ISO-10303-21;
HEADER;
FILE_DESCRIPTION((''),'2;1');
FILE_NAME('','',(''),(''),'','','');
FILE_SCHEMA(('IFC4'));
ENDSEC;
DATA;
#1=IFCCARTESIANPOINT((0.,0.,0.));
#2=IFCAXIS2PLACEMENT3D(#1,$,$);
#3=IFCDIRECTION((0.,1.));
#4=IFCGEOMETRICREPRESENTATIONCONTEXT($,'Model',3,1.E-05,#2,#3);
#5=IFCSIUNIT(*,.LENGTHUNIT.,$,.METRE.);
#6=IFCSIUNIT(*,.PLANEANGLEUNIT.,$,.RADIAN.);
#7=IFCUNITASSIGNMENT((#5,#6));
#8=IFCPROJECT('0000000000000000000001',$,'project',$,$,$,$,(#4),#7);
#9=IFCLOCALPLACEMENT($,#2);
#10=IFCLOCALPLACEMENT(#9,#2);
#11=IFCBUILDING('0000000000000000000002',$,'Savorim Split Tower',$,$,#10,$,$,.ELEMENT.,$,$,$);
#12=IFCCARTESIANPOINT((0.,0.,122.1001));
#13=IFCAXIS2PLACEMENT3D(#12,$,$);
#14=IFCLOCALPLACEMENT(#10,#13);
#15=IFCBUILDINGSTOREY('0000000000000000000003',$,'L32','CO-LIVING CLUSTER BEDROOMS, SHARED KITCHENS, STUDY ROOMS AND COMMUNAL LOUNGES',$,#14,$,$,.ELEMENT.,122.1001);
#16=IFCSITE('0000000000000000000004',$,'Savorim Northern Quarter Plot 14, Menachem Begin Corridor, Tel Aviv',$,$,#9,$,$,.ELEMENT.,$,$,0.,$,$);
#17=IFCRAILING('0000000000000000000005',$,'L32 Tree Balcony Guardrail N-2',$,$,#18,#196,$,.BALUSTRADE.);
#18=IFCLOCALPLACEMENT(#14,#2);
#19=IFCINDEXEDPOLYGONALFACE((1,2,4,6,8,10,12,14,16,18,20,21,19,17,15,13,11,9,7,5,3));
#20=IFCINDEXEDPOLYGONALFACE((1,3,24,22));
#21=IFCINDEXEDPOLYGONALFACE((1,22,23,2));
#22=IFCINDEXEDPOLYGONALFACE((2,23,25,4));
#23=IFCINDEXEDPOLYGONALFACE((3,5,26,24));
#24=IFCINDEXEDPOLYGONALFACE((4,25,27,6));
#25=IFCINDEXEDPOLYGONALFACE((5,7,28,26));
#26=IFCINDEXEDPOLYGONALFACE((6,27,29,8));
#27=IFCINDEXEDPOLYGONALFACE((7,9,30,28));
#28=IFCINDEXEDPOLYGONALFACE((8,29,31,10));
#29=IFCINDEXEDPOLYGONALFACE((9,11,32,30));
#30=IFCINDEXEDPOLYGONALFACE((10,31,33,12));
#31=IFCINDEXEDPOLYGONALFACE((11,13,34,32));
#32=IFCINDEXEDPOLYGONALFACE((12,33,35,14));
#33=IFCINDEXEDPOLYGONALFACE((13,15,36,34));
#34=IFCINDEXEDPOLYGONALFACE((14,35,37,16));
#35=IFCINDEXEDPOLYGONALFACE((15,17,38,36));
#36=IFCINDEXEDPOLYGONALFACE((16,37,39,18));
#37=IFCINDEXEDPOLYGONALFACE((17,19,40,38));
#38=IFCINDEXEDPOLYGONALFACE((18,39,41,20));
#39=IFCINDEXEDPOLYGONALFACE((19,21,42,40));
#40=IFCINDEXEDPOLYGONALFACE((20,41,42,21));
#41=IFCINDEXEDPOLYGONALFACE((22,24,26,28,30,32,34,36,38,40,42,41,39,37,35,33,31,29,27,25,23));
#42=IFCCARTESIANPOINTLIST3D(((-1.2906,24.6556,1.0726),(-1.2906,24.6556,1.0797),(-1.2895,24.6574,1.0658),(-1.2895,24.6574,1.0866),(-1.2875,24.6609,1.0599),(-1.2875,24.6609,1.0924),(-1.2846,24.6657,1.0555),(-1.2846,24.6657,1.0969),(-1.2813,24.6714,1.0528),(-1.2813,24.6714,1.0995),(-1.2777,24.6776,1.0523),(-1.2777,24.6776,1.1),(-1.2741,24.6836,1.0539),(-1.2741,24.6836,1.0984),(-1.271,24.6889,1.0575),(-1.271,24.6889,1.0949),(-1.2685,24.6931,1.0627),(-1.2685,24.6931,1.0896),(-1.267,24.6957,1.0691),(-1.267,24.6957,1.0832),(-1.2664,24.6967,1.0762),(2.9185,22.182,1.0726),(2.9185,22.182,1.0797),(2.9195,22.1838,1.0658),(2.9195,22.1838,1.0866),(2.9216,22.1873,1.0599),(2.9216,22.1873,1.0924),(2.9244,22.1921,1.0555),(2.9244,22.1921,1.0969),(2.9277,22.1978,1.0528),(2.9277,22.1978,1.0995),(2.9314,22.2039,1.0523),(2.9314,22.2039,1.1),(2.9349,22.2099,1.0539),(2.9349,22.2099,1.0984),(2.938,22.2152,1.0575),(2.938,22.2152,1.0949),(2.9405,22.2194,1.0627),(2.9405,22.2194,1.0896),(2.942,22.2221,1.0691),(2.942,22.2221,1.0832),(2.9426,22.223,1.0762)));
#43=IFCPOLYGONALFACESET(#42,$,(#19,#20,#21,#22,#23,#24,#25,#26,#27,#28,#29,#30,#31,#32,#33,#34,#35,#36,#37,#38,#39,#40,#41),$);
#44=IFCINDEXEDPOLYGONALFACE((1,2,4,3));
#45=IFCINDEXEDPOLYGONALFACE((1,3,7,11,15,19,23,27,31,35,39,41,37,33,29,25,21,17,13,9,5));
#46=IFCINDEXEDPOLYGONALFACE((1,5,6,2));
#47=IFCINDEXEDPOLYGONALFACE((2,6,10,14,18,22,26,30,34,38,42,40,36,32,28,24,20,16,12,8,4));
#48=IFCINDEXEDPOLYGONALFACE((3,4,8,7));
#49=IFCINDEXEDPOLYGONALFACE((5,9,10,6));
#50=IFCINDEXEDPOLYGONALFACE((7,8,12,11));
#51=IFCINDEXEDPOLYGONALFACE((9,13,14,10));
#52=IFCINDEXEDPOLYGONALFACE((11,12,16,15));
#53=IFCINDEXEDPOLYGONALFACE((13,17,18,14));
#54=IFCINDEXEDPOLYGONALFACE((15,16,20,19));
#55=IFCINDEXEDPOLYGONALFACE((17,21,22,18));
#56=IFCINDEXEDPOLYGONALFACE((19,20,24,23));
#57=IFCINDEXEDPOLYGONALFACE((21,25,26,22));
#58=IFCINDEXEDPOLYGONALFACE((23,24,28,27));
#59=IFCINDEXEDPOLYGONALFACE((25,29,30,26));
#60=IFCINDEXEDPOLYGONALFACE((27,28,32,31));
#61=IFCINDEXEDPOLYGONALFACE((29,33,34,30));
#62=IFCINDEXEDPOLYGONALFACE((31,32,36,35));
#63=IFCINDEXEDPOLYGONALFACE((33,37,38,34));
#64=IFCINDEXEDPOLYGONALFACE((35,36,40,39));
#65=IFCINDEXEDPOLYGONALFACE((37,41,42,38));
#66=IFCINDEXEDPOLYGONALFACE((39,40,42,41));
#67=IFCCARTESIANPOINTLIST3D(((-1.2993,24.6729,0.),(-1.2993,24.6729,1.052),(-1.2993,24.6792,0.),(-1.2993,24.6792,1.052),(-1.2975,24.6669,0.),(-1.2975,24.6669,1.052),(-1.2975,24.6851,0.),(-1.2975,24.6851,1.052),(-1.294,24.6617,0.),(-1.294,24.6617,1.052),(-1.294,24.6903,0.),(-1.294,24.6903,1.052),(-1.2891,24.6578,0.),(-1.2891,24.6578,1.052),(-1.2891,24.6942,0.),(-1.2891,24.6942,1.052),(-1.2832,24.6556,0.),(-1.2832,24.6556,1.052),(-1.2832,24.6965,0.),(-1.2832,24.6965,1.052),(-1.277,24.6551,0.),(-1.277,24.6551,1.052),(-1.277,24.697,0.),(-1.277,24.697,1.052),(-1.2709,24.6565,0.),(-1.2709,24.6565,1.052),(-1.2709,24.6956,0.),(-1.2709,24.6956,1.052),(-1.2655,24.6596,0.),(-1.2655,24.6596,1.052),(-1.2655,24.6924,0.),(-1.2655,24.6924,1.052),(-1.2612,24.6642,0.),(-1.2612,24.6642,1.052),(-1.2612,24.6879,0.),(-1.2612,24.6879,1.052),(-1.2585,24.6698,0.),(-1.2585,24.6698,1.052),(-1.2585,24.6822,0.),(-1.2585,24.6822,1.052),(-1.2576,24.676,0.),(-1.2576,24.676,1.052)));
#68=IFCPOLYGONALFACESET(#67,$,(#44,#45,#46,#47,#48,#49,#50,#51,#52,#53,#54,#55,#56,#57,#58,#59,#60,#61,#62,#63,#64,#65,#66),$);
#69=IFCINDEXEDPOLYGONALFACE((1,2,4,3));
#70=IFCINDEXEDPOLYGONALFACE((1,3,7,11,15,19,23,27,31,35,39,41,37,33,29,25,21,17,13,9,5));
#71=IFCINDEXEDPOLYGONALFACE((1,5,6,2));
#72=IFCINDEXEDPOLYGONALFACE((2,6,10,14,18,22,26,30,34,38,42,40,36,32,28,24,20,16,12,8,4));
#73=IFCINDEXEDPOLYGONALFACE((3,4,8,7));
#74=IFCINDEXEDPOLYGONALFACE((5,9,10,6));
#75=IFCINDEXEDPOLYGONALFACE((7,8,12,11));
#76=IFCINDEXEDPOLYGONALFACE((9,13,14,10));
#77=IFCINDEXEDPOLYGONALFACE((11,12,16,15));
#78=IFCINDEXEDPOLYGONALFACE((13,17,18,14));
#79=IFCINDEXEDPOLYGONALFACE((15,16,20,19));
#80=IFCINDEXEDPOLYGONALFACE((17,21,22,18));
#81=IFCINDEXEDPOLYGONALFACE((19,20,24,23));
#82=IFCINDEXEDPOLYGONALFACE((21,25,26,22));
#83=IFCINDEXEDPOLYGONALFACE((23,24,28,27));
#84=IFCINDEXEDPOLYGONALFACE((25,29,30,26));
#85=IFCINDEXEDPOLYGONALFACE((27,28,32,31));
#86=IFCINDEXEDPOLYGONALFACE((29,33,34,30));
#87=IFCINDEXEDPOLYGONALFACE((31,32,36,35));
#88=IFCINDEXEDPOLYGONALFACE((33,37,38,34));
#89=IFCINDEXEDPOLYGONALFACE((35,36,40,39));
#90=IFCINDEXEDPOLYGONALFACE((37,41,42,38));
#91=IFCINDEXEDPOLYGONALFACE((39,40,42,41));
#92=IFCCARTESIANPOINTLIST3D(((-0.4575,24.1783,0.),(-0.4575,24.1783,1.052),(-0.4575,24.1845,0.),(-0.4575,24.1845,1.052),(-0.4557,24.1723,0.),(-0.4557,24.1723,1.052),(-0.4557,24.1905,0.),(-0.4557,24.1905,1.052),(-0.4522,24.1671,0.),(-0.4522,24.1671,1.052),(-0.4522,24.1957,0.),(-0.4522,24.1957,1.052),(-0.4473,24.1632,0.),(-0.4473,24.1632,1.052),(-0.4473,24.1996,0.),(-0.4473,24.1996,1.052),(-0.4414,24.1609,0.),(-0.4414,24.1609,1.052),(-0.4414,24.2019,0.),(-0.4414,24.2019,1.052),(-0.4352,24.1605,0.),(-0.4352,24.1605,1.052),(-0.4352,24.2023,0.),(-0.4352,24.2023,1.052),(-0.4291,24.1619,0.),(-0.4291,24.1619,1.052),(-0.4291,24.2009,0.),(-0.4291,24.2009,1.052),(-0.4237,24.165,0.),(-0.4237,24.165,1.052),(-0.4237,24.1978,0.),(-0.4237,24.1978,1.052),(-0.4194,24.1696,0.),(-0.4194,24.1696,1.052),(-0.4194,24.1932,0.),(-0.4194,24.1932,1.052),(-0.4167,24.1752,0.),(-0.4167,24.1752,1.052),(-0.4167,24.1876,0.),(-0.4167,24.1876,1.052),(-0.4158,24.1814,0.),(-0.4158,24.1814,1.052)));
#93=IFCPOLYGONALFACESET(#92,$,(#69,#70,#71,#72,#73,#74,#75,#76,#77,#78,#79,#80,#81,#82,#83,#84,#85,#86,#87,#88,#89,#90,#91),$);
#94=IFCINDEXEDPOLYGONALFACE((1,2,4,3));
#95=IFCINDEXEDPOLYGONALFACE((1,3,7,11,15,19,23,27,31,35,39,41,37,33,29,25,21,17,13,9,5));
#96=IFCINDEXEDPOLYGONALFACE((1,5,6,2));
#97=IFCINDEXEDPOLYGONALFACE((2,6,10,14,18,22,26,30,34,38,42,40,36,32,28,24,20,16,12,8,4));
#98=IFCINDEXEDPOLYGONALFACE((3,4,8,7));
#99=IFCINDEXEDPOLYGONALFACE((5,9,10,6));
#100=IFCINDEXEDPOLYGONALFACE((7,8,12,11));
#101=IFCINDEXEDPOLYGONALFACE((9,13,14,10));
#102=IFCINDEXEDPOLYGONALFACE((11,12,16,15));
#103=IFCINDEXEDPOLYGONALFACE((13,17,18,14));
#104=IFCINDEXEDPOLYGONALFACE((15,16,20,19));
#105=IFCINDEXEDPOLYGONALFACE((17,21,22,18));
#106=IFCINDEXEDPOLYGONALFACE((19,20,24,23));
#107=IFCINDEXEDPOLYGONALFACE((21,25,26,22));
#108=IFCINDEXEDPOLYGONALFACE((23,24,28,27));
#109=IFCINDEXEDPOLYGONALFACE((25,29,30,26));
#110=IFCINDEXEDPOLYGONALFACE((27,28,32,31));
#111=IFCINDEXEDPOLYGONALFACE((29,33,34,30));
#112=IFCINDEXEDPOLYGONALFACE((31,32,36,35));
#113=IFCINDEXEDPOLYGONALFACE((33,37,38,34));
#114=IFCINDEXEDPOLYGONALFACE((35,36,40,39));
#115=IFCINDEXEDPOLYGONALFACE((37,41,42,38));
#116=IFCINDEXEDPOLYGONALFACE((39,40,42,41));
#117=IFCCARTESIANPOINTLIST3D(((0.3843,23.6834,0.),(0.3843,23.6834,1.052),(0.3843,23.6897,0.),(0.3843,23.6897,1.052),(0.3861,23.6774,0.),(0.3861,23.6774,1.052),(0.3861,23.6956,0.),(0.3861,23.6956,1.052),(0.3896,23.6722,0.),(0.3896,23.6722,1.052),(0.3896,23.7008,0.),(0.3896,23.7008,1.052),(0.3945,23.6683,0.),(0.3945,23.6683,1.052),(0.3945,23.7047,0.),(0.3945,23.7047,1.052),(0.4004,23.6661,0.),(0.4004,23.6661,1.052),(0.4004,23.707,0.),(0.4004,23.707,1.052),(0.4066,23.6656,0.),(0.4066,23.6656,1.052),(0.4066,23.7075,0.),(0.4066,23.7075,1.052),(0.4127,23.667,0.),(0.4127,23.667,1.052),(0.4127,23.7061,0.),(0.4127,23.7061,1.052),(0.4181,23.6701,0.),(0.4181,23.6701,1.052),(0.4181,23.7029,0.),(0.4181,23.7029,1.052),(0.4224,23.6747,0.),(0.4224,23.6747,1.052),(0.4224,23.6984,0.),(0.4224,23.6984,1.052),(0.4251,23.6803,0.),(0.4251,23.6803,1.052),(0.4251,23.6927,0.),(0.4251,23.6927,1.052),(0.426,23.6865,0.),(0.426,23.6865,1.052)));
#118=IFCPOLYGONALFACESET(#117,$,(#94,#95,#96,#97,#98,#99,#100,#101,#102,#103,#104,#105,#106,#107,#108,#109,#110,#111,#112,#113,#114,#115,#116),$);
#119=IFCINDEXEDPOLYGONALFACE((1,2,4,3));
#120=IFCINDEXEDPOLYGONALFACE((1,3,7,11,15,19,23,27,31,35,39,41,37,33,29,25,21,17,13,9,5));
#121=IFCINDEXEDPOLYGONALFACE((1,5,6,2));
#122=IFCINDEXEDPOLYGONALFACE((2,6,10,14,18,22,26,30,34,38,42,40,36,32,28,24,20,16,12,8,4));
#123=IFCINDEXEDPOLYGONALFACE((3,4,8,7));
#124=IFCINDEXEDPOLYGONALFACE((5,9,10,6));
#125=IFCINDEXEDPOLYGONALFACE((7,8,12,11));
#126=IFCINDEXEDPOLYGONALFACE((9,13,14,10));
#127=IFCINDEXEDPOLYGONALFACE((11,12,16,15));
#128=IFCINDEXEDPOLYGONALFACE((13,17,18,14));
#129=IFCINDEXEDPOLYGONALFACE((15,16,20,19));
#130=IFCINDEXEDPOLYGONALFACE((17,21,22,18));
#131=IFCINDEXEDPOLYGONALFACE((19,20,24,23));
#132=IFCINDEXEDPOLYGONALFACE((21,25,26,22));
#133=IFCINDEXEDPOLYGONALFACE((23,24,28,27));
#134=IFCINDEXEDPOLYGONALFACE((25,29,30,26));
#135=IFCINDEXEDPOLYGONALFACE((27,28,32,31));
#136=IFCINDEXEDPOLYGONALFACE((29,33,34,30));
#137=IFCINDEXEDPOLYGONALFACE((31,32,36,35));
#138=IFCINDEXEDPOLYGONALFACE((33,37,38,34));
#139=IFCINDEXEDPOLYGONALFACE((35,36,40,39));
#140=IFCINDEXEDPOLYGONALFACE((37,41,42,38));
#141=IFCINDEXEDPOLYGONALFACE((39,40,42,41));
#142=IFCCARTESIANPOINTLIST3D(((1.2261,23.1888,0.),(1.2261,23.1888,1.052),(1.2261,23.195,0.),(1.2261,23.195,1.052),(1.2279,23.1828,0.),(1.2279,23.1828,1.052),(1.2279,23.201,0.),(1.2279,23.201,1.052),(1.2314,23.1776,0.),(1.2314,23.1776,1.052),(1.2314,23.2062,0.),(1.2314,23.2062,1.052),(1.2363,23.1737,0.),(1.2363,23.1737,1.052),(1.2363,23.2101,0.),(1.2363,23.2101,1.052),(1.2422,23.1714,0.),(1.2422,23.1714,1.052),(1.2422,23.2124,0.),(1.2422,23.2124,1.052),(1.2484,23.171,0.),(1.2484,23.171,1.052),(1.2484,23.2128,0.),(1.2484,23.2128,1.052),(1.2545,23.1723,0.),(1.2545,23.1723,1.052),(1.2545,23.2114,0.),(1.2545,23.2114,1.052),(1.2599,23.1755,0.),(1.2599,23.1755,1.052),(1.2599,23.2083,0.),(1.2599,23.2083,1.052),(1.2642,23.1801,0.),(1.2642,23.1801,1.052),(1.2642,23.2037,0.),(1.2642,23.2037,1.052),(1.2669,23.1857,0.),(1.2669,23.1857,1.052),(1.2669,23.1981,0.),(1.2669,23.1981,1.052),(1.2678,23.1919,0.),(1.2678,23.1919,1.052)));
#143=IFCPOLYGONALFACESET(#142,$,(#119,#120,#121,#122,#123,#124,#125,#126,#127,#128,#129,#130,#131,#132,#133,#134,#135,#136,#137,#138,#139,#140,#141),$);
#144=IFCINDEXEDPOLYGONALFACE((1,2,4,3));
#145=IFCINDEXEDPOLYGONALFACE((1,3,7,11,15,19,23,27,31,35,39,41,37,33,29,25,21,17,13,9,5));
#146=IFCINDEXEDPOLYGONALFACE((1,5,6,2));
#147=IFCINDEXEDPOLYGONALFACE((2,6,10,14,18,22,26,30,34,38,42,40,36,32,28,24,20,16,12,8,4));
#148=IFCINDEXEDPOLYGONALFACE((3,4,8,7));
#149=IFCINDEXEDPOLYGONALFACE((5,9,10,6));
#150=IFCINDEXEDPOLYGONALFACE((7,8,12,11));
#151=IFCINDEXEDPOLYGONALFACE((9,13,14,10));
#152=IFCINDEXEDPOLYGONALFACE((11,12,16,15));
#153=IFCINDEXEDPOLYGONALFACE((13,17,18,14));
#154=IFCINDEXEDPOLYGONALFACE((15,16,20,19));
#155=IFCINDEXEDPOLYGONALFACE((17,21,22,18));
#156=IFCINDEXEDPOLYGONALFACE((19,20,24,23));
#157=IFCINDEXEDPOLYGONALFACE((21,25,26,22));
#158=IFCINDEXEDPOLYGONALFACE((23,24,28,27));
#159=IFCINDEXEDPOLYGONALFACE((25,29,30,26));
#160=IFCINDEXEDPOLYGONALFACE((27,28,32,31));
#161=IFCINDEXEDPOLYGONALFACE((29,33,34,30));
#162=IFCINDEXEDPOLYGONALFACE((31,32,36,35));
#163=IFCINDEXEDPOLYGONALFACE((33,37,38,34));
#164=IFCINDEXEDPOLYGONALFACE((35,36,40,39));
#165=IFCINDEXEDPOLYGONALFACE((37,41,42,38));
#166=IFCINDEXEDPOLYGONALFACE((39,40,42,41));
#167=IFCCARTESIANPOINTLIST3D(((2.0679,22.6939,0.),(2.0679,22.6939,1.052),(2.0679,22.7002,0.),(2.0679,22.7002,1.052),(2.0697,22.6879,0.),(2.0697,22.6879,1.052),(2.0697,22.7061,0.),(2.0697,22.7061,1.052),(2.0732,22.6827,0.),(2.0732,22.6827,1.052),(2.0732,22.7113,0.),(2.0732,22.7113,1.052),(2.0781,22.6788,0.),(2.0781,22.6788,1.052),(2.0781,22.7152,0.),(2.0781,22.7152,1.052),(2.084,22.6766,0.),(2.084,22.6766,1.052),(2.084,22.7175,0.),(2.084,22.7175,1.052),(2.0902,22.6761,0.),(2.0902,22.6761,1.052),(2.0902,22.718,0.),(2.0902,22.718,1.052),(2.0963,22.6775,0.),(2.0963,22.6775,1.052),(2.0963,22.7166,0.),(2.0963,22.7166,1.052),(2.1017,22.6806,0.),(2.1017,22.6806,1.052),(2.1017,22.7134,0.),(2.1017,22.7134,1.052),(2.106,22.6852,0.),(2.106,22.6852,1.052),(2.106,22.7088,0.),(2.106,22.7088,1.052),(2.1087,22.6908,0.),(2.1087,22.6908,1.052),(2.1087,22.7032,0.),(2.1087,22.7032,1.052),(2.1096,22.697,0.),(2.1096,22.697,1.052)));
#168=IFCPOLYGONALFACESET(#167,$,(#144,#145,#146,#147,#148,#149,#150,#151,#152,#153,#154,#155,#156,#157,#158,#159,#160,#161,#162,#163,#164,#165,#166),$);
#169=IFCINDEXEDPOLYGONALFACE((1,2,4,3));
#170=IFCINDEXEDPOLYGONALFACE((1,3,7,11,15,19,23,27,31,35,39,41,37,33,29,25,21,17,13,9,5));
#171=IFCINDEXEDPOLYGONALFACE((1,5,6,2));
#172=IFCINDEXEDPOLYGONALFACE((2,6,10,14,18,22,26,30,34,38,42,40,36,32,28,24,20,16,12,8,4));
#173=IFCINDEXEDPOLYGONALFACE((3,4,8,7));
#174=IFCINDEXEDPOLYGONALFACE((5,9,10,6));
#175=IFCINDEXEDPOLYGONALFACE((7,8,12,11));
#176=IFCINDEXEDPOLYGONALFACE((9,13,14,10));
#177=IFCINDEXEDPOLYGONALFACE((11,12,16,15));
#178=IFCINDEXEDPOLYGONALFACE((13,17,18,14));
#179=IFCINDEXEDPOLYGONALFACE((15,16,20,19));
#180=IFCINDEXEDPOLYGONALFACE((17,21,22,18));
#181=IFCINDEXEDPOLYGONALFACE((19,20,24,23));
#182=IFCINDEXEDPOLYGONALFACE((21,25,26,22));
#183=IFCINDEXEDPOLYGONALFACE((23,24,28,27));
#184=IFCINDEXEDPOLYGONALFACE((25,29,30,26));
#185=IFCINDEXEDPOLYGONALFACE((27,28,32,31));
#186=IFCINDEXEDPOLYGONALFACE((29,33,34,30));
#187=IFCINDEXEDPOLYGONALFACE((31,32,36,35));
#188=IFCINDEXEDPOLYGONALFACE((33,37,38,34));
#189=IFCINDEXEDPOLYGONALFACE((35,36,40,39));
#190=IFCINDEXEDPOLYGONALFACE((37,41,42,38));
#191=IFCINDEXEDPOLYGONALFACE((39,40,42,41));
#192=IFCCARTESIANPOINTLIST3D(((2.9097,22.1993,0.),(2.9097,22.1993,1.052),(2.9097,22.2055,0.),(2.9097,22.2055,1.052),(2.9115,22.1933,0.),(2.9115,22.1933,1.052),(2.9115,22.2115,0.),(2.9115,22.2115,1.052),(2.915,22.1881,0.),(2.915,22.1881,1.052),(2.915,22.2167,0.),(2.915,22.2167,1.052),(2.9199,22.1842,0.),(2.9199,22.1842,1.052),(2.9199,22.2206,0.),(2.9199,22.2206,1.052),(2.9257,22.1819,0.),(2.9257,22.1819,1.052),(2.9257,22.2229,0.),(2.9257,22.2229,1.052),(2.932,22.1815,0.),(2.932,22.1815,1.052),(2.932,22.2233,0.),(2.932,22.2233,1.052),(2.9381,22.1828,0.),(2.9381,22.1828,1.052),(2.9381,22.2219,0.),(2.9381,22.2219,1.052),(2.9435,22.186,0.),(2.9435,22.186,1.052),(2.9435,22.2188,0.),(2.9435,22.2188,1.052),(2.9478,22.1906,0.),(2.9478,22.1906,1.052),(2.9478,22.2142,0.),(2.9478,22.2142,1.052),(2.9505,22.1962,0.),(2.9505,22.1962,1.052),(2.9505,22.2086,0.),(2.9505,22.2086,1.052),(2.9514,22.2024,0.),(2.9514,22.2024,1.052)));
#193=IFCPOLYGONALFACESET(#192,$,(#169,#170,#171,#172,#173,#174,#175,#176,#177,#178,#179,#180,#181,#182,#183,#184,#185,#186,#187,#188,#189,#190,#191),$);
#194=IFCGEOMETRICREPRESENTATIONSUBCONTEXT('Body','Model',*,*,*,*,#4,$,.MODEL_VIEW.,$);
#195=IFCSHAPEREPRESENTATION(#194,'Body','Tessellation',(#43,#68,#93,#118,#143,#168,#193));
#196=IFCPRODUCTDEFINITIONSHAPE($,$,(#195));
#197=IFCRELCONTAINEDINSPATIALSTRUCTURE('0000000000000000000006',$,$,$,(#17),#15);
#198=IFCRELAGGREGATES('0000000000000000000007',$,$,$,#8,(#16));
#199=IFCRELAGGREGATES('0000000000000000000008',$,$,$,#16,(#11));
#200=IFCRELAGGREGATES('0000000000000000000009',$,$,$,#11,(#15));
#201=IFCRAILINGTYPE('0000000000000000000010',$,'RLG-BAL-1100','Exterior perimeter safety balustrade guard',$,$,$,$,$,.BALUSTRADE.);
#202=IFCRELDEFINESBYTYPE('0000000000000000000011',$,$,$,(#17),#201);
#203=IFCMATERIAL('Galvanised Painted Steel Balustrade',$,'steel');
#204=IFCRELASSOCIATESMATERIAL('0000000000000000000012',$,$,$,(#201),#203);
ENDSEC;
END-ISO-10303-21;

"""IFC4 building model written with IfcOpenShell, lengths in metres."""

from ifc_helpers import new_model, si_unit, direction, frame, origin, origin_2d, place, context, subcontext, project, spatial, circle, extrude, material, type_object, element, save


model = new_model("IFC4")

# Units and contexts
model_context = context("Model", 3, precision=1e-05, world=origin(), true_north=direction((0.0, 1.0)))
body_context = subcontext(model_context, "Body", "Model", "MODEL_VIEW")
ifc_project = project(units=[si_unit("LENGTHUNIT", "METRE"), si_unit("PLANEANGLEUNIT", "RADIAN")], contexts=[model_context])

# Site, building, storey
site_placement = place(None, origin())
site = spatial("IfcSite", under=ifc_project, at=site_placement, Name="Savorim Northern Quarter Plot 14, Menachem Begin Corridor, Tel Aviv", CompositionType="ELEMENT", RefElevation=0.0)
building_placement = place(site_placement, origin())
building = spatial("IfcBuilding", under=site, at=building_placement, Name="Savorim Split Tower", CompositionType="ELEMENT")
storey_placement = place(building_placement, frame((0.0, 0.0, 122.1001)))
storey = spatial("IfcBuildingStorey", under=building, at=storey_placement, Name="L32", Description="CO-LIVING CLUSTER BEDROOMS, SHARED KITCHENS, STUDY ROOMS AND COMMUNAL LOUNGES", CompositionType="ELEMENT", Elevation=122.1001)

# Railing
ifc_material_1 = material(Name="Galvanised Painted Steel Balustrade", Category="steel")
railing_type = type_object("IfcRailingType", Name="RLG-BAL-1100", Description="Exterior perimeter safety balustrade guard", PredefinedType="BALUSTRADE", material=ifc_material_1)
railing_1_placement = place(storey_placement, frame((-1.2786, 24.676, 0.0)))
element("IfcRailing", 1, at=railing_1_placement, inside=storey, type_object=railing_type, Name="L32 Tree Balcony Guardrail N-2", PredefinedType="BALUSTRADE", context=body_context, shape_type="SweptSolid", body=[
    extrude(circle(Radius=0.0239, at=origin_2d()), frame((0.0, 0.0, 1.0762), z_axis=(0.862135, -0.506679, 0.0), x_axis=(0.506679, 0.862135, 0.0)), (0.0, 0.0, 1.0), 4.8821),
    extrude(circle(Radius=0.021, at=origin_2d()), origin(), (0.0, 0.0, 1.0), 1.052),
    extrude(circle(Radius=0.021, at=origin_2d()), frame((0.8418, -0.4946, 0.0)), (0.0, 0.0, 1.0), 1.052),
    extrude(circle(Radius=0.021, at=origin_2d()), frame((1.6836, -0.9895, 0.0)), (0.0, 0.0, 1.0), 1.052),
    extrude(circle(Radius=0.021, at=origin_2d()), frame((2.5254, -1.4841, 0.0)), (0.0, 0.0, 1.0), 1.052),
    extrude(circle(Radius=0.021, at=origin_2d()), frame((3.3672, -1.979, 0.0)), (0.0, 0.0, 1.0), 1.052),
    extrude(circle(Radius=0.021, at=origin_2d()), frame((4.209, -2.4736, 0.0)), (0.0, 0.0, 1.0), 1.052),
])

save(model, "model.ifc")
